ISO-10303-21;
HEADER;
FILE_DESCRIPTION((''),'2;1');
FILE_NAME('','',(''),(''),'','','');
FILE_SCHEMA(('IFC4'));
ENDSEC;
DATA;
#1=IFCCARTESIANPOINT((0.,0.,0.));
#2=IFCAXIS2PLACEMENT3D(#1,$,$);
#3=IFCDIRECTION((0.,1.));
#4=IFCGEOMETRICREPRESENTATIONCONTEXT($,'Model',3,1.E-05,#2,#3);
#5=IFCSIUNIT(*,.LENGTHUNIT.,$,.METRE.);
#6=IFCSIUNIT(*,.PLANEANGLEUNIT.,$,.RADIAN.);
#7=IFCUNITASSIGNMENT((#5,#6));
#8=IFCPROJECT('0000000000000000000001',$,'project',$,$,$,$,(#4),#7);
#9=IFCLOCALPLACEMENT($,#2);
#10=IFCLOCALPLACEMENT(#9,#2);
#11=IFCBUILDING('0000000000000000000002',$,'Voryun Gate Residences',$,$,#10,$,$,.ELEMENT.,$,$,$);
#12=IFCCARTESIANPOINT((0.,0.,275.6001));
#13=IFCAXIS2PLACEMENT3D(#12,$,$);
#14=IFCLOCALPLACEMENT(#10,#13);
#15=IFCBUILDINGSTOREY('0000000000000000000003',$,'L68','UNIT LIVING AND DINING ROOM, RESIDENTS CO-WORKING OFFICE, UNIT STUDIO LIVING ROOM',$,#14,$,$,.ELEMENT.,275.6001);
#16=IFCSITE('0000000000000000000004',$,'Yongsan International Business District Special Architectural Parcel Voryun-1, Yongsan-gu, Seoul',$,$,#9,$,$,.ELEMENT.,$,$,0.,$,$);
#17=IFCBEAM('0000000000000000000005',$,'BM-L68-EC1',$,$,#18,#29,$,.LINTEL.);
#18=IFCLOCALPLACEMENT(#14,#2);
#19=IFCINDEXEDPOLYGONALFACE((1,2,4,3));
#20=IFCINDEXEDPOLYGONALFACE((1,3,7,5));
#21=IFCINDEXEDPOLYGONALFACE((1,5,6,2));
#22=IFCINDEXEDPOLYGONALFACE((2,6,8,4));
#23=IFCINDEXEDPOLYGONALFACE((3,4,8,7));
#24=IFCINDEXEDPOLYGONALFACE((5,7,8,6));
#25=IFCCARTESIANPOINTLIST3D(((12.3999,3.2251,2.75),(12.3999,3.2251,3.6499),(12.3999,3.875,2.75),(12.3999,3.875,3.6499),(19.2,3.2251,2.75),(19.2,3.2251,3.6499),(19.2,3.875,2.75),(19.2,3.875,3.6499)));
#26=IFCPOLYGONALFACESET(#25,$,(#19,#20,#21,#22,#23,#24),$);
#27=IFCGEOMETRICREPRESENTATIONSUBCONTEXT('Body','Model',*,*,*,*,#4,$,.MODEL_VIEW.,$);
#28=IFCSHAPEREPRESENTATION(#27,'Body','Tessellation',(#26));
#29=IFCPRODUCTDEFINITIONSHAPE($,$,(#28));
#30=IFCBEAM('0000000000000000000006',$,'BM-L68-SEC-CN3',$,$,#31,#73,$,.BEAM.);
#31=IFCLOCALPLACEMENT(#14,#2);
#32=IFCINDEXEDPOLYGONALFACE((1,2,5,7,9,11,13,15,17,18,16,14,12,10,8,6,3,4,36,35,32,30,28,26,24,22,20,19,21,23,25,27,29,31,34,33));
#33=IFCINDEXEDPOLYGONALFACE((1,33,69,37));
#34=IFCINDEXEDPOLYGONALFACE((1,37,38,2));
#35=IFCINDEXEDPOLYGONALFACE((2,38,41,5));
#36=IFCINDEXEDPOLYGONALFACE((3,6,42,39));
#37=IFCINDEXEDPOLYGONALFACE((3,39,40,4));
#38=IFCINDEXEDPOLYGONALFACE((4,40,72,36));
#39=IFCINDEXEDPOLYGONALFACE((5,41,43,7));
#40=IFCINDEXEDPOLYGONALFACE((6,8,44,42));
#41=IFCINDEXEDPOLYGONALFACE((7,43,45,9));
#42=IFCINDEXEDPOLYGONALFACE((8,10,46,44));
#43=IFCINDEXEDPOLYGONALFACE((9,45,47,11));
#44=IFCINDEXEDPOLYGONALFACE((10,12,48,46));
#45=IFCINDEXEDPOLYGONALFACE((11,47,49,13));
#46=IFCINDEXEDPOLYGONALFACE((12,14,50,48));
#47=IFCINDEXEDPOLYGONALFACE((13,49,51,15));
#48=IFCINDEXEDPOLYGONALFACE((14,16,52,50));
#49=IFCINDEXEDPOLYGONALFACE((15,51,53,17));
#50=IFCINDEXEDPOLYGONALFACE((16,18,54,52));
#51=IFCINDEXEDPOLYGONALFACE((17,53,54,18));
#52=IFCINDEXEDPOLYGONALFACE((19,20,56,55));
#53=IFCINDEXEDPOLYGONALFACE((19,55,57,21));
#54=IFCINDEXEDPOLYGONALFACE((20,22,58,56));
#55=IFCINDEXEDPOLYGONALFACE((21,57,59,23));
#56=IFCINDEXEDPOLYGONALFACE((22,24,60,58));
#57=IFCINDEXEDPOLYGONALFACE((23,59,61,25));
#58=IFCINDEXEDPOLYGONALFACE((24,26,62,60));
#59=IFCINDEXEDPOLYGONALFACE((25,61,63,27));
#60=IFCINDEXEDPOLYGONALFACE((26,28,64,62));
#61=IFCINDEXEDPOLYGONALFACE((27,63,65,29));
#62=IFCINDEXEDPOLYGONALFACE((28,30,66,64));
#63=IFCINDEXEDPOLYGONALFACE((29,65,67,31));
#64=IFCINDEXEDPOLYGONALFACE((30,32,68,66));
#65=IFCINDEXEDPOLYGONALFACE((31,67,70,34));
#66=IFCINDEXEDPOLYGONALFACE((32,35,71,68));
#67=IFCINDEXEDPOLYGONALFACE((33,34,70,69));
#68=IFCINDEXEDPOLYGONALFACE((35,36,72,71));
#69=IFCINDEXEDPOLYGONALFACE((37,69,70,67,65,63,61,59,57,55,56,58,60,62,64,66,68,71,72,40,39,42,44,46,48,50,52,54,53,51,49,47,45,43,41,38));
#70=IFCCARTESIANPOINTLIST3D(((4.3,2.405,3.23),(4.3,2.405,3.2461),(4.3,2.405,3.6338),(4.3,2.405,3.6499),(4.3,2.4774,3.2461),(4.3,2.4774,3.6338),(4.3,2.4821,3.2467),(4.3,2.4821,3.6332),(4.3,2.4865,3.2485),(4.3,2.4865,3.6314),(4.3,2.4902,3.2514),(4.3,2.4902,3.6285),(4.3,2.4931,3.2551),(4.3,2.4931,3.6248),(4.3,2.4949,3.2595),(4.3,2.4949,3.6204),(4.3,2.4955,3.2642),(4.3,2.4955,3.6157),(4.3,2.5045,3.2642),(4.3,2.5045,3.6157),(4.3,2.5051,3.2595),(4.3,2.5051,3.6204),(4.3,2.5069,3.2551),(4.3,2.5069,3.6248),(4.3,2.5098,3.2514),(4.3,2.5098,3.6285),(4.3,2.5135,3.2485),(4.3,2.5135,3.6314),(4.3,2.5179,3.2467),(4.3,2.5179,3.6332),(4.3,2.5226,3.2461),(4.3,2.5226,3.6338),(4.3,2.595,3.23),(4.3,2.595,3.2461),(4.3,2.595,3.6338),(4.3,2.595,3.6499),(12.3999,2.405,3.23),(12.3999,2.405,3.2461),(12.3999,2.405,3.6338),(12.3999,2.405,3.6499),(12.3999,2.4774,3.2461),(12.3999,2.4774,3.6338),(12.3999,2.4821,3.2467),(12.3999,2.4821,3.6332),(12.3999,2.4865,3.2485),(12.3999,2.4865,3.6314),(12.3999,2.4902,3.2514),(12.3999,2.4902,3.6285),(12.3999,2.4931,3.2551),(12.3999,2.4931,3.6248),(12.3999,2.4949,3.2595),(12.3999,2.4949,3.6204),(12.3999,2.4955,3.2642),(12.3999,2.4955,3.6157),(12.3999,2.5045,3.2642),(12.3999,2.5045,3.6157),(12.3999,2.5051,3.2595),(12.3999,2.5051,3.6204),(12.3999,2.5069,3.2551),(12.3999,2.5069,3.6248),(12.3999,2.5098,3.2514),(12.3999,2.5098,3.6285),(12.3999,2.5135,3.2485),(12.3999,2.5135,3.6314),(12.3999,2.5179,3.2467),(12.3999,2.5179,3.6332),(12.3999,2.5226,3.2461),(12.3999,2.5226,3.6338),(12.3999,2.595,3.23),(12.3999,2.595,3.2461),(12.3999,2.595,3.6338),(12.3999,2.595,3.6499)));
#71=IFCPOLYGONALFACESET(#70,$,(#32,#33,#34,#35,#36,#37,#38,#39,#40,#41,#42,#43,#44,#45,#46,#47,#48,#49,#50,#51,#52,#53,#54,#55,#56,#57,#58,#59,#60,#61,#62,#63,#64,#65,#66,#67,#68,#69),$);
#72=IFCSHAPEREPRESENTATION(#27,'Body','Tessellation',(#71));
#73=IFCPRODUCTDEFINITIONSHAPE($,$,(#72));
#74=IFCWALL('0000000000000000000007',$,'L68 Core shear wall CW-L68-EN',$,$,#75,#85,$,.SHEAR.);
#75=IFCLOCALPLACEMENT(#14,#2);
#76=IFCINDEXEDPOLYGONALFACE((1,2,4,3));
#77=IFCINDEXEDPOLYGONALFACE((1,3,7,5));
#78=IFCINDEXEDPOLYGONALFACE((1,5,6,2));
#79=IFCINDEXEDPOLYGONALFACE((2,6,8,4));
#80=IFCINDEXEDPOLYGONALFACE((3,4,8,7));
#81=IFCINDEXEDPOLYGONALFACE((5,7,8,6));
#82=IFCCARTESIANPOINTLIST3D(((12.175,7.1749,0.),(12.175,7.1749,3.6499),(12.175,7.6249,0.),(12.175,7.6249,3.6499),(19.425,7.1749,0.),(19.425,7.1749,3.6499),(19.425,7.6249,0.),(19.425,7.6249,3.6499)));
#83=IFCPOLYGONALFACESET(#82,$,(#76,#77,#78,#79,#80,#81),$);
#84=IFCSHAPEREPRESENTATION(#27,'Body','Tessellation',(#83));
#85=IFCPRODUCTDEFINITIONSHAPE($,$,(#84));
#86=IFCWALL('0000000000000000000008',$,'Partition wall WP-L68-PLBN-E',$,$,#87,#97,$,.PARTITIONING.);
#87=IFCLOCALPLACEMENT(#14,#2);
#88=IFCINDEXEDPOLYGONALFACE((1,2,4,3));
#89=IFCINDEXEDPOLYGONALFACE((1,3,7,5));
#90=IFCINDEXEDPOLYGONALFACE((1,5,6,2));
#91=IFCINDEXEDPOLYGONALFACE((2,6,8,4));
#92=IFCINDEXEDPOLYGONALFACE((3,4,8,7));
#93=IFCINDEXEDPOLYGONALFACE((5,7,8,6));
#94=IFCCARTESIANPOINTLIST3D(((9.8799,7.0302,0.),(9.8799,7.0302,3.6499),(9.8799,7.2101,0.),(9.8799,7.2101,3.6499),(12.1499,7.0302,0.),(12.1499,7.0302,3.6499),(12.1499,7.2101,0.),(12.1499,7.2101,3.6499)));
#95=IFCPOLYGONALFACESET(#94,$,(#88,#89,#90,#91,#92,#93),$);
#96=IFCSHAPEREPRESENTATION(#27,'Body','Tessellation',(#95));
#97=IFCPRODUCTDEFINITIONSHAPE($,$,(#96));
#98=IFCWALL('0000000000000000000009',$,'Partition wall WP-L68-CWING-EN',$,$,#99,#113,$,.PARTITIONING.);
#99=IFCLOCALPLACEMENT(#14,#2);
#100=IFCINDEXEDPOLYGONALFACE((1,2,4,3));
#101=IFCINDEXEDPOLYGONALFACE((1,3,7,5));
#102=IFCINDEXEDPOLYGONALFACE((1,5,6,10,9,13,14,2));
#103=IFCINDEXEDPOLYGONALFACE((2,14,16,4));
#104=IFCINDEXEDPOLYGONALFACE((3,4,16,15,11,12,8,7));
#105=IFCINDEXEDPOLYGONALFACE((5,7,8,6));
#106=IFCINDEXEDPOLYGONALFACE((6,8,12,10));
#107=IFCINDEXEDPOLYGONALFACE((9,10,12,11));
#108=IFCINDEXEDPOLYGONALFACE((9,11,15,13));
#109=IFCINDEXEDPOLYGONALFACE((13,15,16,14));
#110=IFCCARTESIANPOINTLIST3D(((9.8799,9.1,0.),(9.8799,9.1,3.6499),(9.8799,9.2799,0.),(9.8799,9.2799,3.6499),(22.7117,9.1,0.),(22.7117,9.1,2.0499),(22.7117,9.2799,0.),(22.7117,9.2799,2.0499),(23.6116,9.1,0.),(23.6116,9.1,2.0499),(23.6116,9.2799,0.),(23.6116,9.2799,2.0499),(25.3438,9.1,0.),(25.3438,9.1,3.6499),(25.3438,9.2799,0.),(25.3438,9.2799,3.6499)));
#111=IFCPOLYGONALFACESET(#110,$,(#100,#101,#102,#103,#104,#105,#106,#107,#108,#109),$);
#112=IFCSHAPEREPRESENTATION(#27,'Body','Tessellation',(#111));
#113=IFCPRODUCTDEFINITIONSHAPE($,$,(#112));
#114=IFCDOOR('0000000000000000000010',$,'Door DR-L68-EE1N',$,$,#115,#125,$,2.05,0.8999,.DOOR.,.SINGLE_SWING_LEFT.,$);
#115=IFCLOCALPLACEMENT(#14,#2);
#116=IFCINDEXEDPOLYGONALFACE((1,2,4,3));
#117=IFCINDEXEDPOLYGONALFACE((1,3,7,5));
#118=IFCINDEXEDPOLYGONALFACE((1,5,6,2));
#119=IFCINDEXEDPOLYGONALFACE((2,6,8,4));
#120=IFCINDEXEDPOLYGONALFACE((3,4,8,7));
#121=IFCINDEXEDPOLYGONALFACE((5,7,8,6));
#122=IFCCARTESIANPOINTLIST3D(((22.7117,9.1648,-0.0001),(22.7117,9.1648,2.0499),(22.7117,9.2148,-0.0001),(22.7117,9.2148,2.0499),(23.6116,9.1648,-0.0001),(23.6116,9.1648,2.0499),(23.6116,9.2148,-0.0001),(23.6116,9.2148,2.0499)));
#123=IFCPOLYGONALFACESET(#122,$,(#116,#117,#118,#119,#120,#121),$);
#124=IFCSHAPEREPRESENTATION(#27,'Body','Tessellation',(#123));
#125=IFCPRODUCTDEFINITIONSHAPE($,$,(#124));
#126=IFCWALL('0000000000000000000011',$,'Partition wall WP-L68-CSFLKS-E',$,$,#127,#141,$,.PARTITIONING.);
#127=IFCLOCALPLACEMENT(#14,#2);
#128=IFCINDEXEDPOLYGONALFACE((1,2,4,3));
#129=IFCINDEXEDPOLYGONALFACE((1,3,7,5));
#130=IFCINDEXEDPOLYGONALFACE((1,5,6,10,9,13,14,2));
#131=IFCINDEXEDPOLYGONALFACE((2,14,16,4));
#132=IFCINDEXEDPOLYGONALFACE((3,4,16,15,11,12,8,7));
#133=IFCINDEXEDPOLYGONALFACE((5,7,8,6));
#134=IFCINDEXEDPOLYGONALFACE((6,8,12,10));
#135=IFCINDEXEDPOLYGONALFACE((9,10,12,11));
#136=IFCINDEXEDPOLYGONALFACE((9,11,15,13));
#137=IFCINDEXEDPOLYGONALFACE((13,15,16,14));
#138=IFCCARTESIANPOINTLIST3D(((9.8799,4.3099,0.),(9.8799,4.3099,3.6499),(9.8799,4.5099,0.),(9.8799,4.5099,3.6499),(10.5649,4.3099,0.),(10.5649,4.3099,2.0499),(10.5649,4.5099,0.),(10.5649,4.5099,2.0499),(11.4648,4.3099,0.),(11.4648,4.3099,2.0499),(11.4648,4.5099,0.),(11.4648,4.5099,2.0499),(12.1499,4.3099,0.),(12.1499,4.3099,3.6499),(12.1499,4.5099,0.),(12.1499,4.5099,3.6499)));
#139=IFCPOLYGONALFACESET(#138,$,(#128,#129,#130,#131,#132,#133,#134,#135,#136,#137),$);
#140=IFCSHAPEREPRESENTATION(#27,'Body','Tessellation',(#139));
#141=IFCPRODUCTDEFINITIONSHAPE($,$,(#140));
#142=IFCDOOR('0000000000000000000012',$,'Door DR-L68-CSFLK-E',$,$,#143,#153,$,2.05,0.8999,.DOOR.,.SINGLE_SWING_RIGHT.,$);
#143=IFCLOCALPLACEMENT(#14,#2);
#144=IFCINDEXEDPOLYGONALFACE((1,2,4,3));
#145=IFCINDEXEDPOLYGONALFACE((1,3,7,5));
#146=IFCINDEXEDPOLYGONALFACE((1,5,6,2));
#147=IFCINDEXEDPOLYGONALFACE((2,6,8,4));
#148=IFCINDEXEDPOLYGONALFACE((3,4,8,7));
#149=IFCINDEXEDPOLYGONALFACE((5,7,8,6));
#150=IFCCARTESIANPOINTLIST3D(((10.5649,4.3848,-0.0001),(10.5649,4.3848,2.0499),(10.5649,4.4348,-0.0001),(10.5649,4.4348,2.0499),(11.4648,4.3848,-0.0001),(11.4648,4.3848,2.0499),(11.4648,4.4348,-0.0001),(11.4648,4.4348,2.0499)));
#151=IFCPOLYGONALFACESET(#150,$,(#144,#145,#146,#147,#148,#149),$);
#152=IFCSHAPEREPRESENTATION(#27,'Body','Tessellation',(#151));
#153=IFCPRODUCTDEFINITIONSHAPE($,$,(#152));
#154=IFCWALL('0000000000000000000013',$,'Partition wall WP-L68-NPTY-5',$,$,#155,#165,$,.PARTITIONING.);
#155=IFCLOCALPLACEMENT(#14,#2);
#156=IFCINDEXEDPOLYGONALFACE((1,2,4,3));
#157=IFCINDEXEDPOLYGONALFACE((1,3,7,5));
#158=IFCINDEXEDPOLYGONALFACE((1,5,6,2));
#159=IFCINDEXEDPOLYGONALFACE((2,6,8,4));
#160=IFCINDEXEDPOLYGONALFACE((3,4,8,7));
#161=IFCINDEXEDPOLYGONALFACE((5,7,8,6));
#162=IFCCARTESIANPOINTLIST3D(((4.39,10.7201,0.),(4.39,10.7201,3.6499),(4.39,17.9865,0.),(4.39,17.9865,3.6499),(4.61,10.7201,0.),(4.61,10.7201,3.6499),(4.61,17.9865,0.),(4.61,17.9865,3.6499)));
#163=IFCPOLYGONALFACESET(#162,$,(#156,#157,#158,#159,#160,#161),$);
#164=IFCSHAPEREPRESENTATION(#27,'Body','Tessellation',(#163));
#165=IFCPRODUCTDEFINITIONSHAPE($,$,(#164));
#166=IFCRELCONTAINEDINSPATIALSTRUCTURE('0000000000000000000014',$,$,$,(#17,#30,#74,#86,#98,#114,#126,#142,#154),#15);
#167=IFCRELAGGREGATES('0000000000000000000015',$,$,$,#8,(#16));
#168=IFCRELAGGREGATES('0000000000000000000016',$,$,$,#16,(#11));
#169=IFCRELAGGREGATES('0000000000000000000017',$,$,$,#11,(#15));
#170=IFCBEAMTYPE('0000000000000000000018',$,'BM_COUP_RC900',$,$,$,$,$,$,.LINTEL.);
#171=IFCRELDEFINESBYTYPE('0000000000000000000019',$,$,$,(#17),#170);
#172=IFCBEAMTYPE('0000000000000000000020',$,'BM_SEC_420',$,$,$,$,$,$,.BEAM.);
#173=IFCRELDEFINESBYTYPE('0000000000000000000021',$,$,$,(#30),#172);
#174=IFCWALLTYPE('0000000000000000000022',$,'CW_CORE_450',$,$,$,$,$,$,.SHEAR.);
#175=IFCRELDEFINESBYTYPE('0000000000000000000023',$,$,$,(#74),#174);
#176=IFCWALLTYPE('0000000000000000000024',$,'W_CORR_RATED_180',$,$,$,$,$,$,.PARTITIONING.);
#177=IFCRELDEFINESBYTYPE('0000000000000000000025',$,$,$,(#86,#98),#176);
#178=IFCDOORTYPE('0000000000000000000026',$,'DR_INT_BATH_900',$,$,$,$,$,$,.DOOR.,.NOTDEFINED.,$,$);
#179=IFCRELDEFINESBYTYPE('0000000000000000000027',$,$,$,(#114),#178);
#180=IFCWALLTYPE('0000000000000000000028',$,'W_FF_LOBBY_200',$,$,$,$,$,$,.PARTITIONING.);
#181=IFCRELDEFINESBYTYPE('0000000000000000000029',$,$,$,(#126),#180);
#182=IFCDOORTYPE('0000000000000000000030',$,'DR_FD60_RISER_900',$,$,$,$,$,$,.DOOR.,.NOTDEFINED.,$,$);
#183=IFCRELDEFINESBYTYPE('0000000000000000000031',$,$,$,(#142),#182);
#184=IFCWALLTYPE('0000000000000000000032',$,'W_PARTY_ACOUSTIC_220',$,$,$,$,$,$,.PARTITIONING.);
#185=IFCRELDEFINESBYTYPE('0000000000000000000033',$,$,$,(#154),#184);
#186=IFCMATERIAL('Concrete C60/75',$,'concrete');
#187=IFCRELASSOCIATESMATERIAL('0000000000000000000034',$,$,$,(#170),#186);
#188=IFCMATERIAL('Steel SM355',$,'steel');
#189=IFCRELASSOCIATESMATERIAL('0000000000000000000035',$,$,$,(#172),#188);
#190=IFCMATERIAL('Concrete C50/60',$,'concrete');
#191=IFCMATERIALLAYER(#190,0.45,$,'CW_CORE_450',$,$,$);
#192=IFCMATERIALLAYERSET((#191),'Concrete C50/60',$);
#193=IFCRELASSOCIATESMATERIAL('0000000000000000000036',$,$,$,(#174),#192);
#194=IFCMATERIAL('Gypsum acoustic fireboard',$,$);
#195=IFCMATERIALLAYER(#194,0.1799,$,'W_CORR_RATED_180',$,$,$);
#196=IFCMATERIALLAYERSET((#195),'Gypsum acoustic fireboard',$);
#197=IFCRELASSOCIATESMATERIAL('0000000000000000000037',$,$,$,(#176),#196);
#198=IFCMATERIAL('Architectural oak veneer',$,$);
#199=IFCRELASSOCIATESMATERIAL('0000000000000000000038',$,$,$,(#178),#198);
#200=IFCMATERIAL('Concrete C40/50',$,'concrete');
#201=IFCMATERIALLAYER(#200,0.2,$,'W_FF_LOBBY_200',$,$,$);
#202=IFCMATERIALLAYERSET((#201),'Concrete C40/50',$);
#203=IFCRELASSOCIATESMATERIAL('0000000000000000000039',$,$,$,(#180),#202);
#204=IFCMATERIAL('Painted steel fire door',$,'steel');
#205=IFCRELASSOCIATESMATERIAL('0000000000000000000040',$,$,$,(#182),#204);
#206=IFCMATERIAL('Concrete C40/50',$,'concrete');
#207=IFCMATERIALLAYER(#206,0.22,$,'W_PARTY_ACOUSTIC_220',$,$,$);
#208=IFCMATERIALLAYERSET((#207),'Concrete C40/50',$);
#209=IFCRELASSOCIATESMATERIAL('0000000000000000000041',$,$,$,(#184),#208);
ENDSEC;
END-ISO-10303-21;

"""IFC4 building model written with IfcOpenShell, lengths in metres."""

from ifc_helpers import new_model, si_unit, direction, frame, frame_2d, origin, origin_2d, place, context, subcontext, project, spatial, rectangle, i_section, extrude, material, layer, layer_set, material_profile, profile_set, type_object, element, fill, save


model = new_model("IFC4")

# Units and contexts
model_context = context("Model", 3, precision=1e-05, world=origin(), true_north=direction((0.0, 1.0)))
body_context = subcontext(model_context, "Body", "Model", "MODEL_VIEW")
ifc_project = project(units=[si_unit("LENGTHUNIT", "METRE"), si_unit("PLANEANGLEUNIT", "RADIAN")], contexts=[model_context])

# Site, building, storey
site_placement = place(None, origin())
site = spatial("IfcSite", under=ifc_project, at=site_placement, Name="Yongsan International Business District Special Architectural Parcel Voryun-1, Yongsan-gu, Seoul", CompositionType="ELEMENT", RefElevation=0.0)
building_placement = place(site_placement, origin())
building = spatial("IfcBuilding", under=site, at=building_placement, Name="Voryun Gate Residences", CompositionType="ELEMENT")
storey_placement = place(building_placement, frame((0.0, 0.0, 275.6001)))
storey = spatial("IfcBuildingStorey", under=building, at=storey_placement, Name="L68", Description="UNIT LIVING AND DINING ROOM, RESIDENTS CO-WORKING OFFICE, UNIT STUDIO LIVING ROOM", CompositionType="ELEMENT", Elevation=275.6001)

# Beams
ifc_material_1 = material(Name="Concrete C60/75", Category="concrete")
ifc_material_profile_1 = material_profile(ifc_material_1, rectangle(XDim=0.6499, YDim=0.8999, at=origin_2d()), Name="RC-650x900")
ifc_profile_set_1 = profile_set([ifc_material_profile_1], Name="Concrete C60/75")
beam_type_1 = type_object("IfcBeamType", Name="BM_COUP_RC900", PredefinedType="LINTEL", material=ifc_profile_set_1)
beam_1_placement = place(storey_placement, frame((12.3999, 3.55, 3.2), z_axis=(1.0, 0.0, 0.0), x_axis=(0.0, 1.0, 0.0)))
element("IfcBeam", 1, at=beam_1_placement, inside=storey, type_object=beam_type_1, Name="BM-L68-EC1", PredefinedType="LINTEL", context=body_context, shape_type="SweptSolid", body=[
    extrude(rectangle(XDim=0.6499, YDim=0.8999, at=origin_2d()), origin(), (0.0, 0.0, 1.0), 6.8),
])
ifc_material_2 = material(Name="Steel SM355", Category="steel")
ifc_material_profile_2 = material_profile(ifc_material_2, i_section(OverallWidth=0.1899, OverallDepth=0.4199, WebThickness=0.009, FlangeThickness=0.0161, FilletRadius=0.0181, at=origin_2d()), Name="H-420x190x9x16")
ifc_profile_set_2 = profile_set([ifc_material_profile_2], Name="Steel SM355")
beam_type_2 = type_object("IfcBeamType", Name="BM_SEC_420", PredefinedType="BEAM", material=ifc_profile_set_2)
beam_2_placement = place(storey_placement, frame((4.3, 2.5, 3.4399), z_axis=(1.0, 0.0, 0.0), x_axis=(0.0, 1.0, 0.0)))
element("IfcBeam", 2, at=beam_2_placement, inside=storey, type_object=beam_type_2, Name="BM-L68-SEC-CN3", PredefinedType="BEAM", context=body_context, shape_type="SweptSolid", body=[
    extrude(i_section(OverallWidth=0.1899, OverallDepth=0.4199, WebThickness=0.009, FlangeThickness=0.0161, FilletRadius=0.0181, at=origin_2d()), origin(), (0.0, 0.0, 1.0), 8.0999),
])

# Walls
ifc_material_3 = material(Name="Concrete C50/60", Category="concrete")
ifc_layer_1 = layer(ifc_material_3, 0.45, Name="CW_CORE_450")
ifc_layer_set_1 = layer_set([ifc_layer_1], Name="Concrete C50/60")
wall_type_1 = type_object("IfcWallType", Name="CW_CORE_450", PredefinedType="SHEAR", material=ifc_layer_set_1)
wall_1_placement = place(storey_placement, frame((12.175, 7.3999, 0.0), z_axis=(0.0, 0.0, 1.0), x_axis=(1.0, 0.0, 0.0)))
element("IfcWall", 3, at=wall_1_placement, inside=storey, type_object=wall_type_1, Name="L68 Core shear wall CW-L68-EN", PredefinedType="SHEAR", context=body_context, shape_type="SweptSolid", body=[
    extrude(rectangle(XDim=7.25, YDim=0.45, at=frame_2d((3.625, 0.0))), origin(), (0.0, 0.0, 1.0), 3.6499),
])
ifc_material_4 = material(Name="Gypsum acoustic fireboard")
ifc_layer_2 = layer(ifc_material_4, 0.1799, Name="W_CORR_RATED_180")
ifc_layer_set_2 = layer_set([ifc_layer_2], Name="Gypsum acoustic fireboard")
wall_type_2 = type_object("IfcWallType", Name="W_CORR_RATED_180", PredefinedType="PARTITIONING", material=ifc_layer_set_2)
wall_2_placement = place(storey_placement, frame((9.8799, 7.1201, 0.0), z_axis=(0.0, 0.0, 1.0), x_axis=(1.0, 0.0, 0.0)))
element("IfcWall", 4, at=wall_2_placement, inside=storey, type_object=wall_type_2, Name="Partition wall WP-L68-PLBN-E", PredefinedType="PARTITIONING", context=body_context, shape_type="SweptSolid", body=[
    extrude(rectangle(XDim=2.27, YDim=0.1799, at=frame_2d((1.135, 0.0))), origin(), (0.0, 0.0, 1.0), 3.6499),
])

# Walls, openings, doors
wall_3_placement = place(storey_placement, frame((9.8799, 9.1899, 0.0), z_axis=(0.0, 0.0, 1.0), x_axis=(1.0, 0.0, 0.0)))
wall_3 = element("IfcWall", 5, at=wall_3_placement, inside=storey, type_object=wall_type_2, Name="Partition wall WP-L68-CWING-EN", PredefinedType="PARTITIONING", context=body_context, shape_type="SweptSolid", body=[
    extrude(rectangle(XDim=15.4639, YDim=0.1799, at=frame_2d((7.7319, 0.0))), origin(), (0.0, 0.0, 1.0), 3.6499),
])
opening_1_placement = place(wall_3_placement, frame((12.8318, 0.0, 0.0)))
opening_1 = element("IfcOpeningElement", 6, at=opening_1_placement, cuts=wall_3, PredefinedType="OPENING", context=body_context, shape_type="SweptSolid", body=[
    extrude(rectangle(XDim=0.8999, YDim=2.05, at=frame_2d((0.45, 1.0249))), frame((0.0, 0.0999, 0.0), z_axis=(0.0, -1.0, 0.0), x_axis=(1.0, 0.0, 0.0)), (0.0, 0.0, 1.0), 0.2),
])
ifc_material_5 = material(Name="Architectural oak veneer")
door_type_1 = type_object("IfcDoorType", Name="DR_INT_BATH_900", OperationType="NOTDEFINED", PredefinedType="DOOR", material=ifc_material_5)
door_1_placement = place(opening_1_placement, origin())
door_1 = element("IfcDoor", 7, at=door_1_placement, inside=storey, type_object=door_type_1, Name="Door DR-L68-EE1N", OperationType="SINGLE_SWING_LEFT", OverallHeight=2.05, OverallWidth=0.8999, PredefinedType="DOOR", context=body_context, shape_type="SweptSolid", body=[
    extrude(rectangle(XDim=0.8999, YDim=2.05, at=frame_2d((0.45, 1.0249))), frame((0.0, 0.0249, 0.0), z_axis=(0.0, -1.0, 0.0), x_axis=(1.0, 0.0, 0.0)), (0.0, 0.0, 1.0), 0.05),
])
fill(opening_1, door_1)
ifc_material_6 = material(Name="Concrete C40/50", Category="concrete")
ifc_layer_3 = layer(ifc_material_6, 0.2, Name="W_FF_LOBBY_200")
ifc_layer_set_3 = layer_set([ifc_layer_3], Name="Concrete C40/50")
wall_type_3 = type_object("IfcWallType", Name="W_FF_LOBBY_200", PredefinedType="PARTITIONING", material=ifc_layer_set_3)
wall_4_placement = place(storey_placement, frame((9.8799, 4.4099, 0.0), z_axis=(0.0, 0.0, 1.0), x_axis=(1.0, 0.0, 0.0)))
wall_4 = element("IfcWall", 8, at=wall_4_placement, inside=storey, type_object=wall_type_3, Name="Partition wall WP-L68-CSFLKS-E", PredefinedType="PARTITIONING", context=body_context, shape_type="SweptSolid", body=[
    extrude(rectangle(XDim=2.27, YDim=0.2, at=frame_2d((1.135, 0.0))), origin(), (0.0, 0.0, 1.0), 3.6499),
])
opening_2_placement = place(wall_4_placement, frame((0.6851, 0.0, 0.0)))
opening_2 = element("IfcOpeningElement", 9, at=opening_2_placement, cuts=wall_4, PredefinedType="OPENING", context=body_context, shape_type="SweptSolid", body=[
    extrude(rectangle(XDim=0.8999, YDim=2.05, at=frame_2d((0.45, 1.0249))), frame((0.0, 0.1101, 0.0), z_axis=(0.0, -1.0, 0.0), x_axis=(1.0, 0.0, 0.0)), (0.0, 0.0, 1.0), 0.22),
])
ifc_material_7 = material(Name="Painted steel fire door", Category="steel")
door_type_2 = type_object("IfcDoorType", Name="DR_FD60_RISER_900", OperationType="NOTDEFINED", PredefinedType="DOOR", material=ifc_material_7)
door_2_placement = place(opening_2_placement, origin())
door_2 = element("IfcDoor", 10, at=door_2_placement, inside=storey, type_object=door_type_2, Name="Door DR-L68-CSFLK-E", OperationType="SINGLE_SWING_RIGHT", OverallHeight=2.05, OverallWidth=0.8999, PredefinedType="DOOR", context=body_context, shape_type="SweptSolid", body=[
    extrude(rectangle(XDim=0.8999, YDim=2.05, at=frame_2d((0.45, 1.0249))), frame((0.0, 0.0249, 0.0), z_axis=(0.0, -1.0, 0.0), x_axis=(1.0, 0.0, 0.0)), (0.0, 0.0, 1.0), 0.05),
])
fill(opening_2, door_2)

# Wall
ifc_material_8 = material(Name="Concrete C40/50", Category="concrete")
ifc_layer_4 = layer(ifc_material_8, 0.22, Name="W_PARTY_ACOUSTIC_220")
ifc_layer_set_4 = layer_set([ifc_layer_4], Name="Concrete C40/50")
wall_type_4 = type_object("IfcWallType", Name="W_PARTY_ACOUSTIC_220", PredefinedType="PARTITIONING", material=ifc_layer_set_4)
wall_5_placement = place(storey_placement, frame((4.5, 10.72, 0.0), z_axis=(0.0, 0.0, 1.0), x_axis=(0.0, 1.0, 0.0)))
element("IfcWall", 11, at=wall_5_placement, inside=storey, type_object=wall_type_4, Name="Partition wall WP-L68-NPTY-5", PredefinedType="PARTITIONING", context=body_context, shape_type="SweptSolid", body=[
    extrude(rectangle(XDim=7.2664, YDim=0.22, at=frame_2d((3.6333, 0.0))), origin(), (0.0, 0.0, 1.0), 3.6499),
])

save(model, "model.ifc")
